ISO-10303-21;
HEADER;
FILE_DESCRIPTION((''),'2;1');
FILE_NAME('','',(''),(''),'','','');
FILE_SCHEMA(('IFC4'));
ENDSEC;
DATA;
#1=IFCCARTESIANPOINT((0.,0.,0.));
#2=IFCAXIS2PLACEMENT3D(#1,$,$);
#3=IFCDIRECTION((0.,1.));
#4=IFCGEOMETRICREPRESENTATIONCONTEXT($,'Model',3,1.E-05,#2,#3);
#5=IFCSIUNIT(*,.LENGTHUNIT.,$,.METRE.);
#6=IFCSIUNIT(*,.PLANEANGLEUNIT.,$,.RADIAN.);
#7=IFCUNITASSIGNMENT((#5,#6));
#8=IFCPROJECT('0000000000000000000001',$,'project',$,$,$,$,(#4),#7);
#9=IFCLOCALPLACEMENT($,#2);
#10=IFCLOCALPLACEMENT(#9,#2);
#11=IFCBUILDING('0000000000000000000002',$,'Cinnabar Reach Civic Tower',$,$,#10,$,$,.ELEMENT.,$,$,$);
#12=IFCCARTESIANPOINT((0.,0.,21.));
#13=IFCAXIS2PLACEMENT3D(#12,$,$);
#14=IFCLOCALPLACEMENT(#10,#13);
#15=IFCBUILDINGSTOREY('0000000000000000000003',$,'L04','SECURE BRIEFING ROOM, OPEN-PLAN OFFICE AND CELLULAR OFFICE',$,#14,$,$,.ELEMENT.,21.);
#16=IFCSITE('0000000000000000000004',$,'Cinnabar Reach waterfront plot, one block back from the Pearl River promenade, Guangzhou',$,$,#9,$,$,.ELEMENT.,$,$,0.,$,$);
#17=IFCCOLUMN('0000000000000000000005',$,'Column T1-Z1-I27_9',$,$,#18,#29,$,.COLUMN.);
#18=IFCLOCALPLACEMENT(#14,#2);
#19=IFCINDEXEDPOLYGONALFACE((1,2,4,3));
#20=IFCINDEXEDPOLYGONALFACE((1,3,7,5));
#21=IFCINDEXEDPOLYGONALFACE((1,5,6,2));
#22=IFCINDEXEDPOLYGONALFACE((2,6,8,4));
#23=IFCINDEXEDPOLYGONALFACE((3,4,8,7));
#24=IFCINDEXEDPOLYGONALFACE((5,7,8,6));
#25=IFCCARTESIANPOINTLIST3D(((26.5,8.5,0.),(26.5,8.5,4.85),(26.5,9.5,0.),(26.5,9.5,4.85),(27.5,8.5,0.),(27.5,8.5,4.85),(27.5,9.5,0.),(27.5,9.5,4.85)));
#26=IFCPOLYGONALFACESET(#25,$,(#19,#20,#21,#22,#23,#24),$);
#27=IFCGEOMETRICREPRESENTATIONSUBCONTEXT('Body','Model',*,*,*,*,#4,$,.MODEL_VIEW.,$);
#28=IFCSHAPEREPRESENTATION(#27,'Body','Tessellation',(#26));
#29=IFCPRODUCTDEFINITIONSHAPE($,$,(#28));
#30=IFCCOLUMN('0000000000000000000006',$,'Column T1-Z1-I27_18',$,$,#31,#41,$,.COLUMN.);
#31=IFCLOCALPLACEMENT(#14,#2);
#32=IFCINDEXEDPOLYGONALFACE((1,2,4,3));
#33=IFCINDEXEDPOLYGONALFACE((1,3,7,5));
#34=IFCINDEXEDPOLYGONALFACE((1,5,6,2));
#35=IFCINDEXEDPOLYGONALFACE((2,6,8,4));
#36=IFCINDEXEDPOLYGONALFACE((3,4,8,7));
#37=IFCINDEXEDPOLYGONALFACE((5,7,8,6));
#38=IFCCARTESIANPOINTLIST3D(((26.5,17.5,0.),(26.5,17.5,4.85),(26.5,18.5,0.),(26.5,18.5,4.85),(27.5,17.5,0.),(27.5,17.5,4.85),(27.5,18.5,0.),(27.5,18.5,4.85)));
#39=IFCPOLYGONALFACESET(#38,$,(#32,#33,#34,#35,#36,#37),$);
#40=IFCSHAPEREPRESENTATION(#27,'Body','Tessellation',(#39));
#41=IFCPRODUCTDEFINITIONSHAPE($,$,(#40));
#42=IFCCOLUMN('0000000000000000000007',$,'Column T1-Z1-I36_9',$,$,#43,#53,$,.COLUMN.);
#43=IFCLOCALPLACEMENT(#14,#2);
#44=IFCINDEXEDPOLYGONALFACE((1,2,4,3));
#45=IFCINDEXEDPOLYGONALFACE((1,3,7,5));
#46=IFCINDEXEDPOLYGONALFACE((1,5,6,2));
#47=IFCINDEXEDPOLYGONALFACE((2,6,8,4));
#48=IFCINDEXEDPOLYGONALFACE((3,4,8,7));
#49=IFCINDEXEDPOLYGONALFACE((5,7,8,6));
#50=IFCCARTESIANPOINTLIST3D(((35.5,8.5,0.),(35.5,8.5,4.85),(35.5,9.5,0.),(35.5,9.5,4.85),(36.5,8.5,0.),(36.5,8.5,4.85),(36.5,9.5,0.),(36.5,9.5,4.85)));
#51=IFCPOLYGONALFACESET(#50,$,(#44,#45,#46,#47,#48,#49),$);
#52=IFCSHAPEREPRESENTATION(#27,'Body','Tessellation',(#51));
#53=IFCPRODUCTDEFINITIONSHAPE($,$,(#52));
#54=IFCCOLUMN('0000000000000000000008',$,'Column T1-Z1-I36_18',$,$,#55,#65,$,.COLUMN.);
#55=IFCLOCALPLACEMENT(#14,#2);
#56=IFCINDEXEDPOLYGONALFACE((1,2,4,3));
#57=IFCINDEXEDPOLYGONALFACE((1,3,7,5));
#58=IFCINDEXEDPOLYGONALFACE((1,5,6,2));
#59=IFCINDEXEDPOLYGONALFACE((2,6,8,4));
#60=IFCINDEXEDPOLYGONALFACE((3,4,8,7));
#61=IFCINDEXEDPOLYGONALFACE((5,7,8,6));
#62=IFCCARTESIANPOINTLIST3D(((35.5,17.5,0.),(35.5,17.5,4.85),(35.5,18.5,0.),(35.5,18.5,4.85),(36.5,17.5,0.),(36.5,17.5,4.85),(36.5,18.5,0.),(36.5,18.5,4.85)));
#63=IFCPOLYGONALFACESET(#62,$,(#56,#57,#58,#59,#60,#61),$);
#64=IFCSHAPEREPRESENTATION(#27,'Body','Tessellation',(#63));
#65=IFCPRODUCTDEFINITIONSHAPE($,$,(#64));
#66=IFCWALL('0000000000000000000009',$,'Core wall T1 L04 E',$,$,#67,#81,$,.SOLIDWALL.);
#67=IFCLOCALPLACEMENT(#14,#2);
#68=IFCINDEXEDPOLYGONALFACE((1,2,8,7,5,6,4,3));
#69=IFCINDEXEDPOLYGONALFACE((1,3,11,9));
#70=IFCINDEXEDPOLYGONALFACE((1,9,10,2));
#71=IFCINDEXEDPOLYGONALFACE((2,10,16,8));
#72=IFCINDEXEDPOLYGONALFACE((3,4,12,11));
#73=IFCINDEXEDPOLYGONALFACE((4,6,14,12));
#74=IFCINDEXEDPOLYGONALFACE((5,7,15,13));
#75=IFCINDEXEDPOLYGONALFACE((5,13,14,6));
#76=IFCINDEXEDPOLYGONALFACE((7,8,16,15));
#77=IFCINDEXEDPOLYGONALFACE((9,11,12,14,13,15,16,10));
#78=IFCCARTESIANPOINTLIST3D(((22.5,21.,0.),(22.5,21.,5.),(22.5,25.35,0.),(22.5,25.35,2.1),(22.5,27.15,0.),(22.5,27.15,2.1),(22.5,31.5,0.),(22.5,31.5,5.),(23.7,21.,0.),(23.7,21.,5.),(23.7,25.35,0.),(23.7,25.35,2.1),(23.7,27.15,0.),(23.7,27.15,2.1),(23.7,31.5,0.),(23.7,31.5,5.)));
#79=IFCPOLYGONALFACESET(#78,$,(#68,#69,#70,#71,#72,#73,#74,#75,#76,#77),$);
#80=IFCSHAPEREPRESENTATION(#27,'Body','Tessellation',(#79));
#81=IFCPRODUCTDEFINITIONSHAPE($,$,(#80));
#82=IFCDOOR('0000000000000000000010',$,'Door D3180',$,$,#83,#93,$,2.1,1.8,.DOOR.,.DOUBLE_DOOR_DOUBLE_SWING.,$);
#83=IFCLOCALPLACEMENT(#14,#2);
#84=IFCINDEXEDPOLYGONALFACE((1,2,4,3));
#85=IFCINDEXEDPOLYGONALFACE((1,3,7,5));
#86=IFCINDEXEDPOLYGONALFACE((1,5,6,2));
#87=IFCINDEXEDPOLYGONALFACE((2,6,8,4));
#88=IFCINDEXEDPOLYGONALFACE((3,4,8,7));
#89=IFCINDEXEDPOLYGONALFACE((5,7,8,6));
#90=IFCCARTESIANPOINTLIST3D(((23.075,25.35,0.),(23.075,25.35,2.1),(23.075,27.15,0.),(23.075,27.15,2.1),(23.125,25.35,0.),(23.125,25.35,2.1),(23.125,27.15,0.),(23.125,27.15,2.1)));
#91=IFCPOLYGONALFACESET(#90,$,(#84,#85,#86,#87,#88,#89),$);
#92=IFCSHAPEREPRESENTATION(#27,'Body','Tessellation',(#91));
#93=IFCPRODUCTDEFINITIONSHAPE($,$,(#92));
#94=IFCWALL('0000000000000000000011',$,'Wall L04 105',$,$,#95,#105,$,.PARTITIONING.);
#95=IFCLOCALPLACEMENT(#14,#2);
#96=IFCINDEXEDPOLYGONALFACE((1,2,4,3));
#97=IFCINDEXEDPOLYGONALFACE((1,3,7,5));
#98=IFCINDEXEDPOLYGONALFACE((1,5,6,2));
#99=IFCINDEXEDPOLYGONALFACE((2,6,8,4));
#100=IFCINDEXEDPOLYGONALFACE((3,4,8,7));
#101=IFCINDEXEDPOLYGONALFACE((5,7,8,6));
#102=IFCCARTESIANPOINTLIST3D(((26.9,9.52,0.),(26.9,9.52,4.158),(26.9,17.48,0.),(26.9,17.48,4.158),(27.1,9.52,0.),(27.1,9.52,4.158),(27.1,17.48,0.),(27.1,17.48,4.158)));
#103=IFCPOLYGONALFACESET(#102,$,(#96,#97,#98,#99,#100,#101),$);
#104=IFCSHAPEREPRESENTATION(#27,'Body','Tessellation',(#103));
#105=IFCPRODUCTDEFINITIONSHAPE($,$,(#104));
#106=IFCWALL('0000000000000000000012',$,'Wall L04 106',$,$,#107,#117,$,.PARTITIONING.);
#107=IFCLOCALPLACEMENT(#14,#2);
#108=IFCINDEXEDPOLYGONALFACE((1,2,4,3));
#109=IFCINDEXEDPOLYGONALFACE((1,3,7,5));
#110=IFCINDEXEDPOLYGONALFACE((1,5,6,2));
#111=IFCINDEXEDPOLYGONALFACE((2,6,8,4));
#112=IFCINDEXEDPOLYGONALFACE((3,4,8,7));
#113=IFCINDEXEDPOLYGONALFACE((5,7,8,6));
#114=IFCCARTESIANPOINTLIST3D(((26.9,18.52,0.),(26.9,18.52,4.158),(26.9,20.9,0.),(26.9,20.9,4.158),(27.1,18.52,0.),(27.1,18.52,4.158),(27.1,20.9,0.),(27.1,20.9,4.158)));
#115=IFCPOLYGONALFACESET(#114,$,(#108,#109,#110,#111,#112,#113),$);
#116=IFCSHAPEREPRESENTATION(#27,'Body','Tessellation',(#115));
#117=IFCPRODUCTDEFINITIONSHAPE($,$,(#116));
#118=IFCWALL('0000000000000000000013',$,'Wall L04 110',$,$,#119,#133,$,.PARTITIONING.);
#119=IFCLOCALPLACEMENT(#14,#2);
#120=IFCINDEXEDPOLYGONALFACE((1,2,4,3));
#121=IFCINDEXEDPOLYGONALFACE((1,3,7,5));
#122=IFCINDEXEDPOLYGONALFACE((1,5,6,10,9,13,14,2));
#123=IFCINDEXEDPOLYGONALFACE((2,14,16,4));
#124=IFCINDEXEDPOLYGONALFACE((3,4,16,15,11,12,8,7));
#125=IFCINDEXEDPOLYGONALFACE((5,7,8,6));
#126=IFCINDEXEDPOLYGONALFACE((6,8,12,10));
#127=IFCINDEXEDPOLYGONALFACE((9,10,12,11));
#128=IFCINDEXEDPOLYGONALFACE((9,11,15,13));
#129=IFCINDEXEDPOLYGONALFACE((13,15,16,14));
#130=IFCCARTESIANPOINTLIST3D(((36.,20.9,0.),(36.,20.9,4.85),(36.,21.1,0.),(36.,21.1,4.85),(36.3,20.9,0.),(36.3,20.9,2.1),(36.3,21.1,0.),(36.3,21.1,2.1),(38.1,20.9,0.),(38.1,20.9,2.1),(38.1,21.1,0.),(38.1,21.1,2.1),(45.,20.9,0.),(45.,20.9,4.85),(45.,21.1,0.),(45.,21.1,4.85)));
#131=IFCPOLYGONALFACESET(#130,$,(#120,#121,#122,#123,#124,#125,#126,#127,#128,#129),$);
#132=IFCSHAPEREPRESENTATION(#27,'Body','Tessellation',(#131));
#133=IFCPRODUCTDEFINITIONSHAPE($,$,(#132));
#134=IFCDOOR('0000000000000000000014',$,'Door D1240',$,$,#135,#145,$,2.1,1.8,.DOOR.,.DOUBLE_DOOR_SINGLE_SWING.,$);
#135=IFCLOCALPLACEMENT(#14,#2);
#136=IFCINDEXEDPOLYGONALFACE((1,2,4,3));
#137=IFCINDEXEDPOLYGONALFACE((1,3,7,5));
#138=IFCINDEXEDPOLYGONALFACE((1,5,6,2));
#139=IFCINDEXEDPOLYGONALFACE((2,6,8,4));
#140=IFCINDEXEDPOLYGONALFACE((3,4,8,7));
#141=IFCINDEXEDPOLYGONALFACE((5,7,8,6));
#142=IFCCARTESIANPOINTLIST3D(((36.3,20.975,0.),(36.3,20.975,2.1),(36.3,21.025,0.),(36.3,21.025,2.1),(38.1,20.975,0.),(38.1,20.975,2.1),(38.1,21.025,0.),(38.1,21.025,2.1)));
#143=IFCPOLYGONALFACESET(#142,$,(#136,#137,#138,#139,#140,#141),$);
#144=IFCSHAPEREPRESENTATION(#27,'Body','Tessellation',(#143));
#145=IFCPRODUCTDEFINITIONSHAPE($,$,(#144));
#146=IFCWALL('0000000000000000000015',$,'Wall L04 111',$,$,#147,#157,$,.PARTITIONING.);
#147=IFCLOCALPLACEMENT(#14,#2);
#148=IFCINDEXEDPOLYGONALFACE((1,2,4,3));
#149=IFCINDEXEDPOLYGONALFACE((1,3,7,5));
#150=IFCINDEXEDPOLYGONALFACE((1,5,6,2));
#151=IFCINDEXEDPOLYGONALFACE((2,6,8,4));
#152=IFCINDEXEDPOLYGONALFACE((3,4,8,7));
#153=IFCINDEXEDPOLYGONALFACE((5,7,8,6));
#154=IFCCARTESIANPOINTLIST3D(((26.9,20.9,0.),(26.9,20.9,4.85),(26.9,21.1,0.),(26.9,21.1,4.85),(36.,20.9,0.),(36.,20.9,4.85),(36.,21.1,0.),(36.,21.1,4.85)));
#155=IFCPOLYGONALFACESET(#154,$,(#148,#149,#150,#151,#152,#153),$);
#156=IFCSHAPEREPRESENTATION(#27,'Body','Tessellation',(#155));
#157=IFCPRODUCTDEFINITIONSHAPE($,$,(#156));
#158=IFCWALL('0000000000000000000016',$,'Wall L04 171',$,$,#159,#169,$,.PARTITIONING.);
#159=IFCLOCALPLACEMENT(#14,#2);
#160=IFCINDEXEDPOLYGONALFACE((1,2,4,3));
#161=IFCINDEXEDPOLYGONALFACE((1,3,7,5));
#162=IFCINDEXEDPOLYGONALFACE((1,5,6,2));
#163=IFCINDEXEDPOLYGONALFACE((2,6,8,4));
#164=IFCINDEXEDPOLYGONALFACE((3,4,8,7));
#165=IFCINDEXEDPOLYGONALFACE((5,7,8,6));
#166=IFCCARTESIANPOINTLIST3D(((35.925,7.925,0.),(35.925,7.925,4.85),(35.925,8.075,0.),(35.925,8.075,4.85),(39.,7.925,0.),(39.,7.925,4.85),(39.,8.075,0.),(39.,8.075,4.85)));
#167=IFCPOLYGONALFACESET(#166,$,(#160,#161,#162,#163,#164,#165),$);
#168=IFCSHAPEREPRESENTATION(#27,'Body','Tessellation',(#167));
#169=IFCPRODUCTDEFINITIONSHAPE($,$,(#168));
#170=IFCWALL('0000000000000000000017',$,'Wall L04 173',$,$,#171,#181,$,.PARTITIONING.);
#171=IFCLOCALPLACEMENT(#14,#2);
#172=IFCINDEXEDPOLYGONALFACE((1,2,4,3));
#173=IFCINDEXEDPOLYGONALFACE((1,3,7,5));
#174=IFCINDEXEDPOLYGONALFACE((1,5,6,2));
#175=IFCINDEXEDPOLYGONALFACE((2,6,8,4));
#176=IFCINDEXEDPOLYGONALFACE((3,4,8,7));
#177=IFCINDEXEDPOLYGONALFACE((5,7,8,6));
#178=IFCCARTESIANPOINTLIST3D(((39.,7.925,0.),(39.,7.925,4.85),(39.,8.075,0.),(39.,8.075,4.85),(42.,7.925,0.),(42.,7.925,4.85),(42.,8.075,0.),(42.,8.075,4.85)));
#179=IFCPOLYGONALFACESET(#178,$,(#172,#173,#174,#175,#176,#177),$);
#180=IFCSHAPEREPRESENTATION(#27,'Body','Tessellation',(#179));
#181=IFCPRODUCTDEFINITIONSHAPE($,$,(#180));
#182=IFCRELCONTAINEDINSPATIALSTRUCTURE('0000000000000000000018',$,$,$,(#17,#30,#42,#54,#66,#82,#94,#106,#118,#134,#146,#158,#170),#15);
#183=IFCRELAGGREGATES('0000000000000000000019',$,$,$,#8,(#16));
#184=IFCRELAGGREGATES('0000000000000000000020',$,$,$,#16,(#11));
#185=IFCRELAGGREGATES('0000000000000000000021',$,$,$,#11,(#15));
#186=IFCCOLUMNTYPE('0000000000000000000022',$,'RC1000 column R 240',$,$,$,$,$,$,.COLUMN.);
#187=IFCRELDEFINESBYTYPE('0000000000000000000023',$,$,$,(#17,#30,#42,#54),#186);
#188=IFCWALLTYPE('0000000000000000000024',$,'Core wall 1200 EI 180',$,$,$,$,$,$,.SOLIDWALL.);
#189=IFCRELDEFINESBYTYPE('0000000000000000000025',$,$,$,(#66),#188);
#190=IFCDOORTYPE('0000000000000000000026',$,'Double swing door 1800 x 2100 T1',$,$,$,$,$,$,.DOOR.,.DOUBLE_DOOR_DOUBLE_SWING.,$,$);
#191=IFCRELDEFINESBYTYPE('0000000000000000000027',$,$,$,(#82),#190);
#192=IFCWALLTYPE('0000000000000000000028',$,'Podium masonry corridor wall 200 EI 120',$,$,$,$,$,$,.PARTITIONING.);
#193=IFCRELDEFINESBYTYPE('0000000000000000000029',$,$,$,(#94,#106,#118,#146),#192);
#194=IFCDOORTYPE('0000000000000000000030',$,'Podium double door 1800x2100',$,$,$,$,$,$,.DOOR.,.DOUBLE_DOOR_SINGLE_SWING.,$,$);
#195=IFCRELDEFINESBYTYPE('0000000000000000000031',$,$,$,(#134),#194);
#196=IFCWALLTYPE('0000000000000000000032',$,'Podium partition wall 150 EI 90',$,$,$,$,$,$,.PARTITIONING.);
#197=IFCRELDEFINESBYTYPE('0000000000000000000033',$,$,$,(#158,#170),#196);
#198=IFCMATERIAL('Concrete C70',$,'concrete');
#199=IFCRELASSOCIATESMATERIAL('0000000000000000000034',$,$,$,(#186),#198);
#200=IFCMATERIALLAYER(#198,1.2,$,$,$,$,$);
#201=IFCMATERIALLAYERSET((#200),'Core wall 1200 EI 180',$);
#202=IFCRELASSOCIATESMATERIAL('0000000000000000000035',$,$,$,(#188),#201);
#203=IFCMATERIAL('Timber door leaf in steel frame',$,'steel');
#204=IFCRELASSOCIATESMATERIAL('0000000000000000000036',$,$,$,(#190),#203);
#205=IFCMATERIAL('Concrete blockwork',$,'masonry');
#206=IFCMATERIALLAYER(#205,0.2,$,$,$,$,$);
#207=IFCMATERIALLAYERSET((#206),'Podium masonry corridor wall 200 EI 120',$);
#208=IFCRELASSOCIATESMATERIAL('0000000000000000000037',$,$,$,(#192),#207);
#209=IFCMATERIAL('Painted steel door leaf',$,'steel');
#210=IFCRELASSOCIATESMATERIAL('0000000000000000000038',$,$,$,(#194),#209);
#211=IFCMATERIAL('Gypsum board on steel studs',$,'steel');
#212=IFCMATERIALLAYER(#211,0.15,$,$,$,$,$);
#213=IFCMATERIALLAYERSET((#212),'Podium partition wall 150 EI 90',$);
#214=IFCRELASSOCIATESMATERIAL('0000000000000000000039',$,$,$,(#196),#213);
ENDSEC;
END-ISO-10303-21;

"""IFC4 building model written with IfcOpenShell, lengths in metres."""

from ifc_helpers import new_model, si_unit, direction, frame, frame_2d, origin, origin_2d, place, context, subcontext, project, spatial, rectangle, extrude, material, layer, layer_set, material_profile, profile_set, type_object, element, fill, save


model = new_model("IFC4")

# Units and contexts
model_context = context("Model", 3, precision=1e-05, world=origin(), true_north=direction((0.0, 1.0)))
body_context = subcontext(model_context, "Body", "Model", "MODEL_VIEW")
ifc_project = project(units=[si_unit("LENGTHUNIT", "METRE"), si_unit("PLANEANGLEUNIT", "RADIAN")], contexts=[model_context])

# Site, building, storey
site_placement = place(None, origin())
site = spatial("IfcSite", under=ifc_project, at=site_placement, Name="Cinnabar Reach waterfront plot, one block back from the Pearl River promenade, Guangzhou", CompositionType="ELEMENT", RefElevation=0.0)
building_placement = place(site_placement, origin())
building = spatial("IfcBuilding", under=site, at=building_placement, Name="Cinnabar Reach Civic Tower", CompositionType="ELEMENT")
storey_placement = place(building_placement, frame((0.0, 0.0, 21.0)))
storey = spatial("IfcBuildingStorey", under=building, at=storey_placement, Name="L04", Description="SECURE BRIEFING ROOM, OPEN-PLAN OFFICE AND CELLULAR OFFICE", CompositionType="ELEMENT", Elevation=21.0)

# Columns
ifc_material_1 = material(Name="Concrete C70", Category="concrete")
ifc_material_profile = material_profile(ifc_material_1, rectangle(XDim=1.0, YDim=1.0, at=origin_2d()), Name="RC1000")
ifc_profile_set = profile_set([ifc_material_profile], Name="Concrete C70")
column_type = type_object("IfcColumnType", Name="RC1000 column R 240", PredefinedType="COLUMN", material=ifc_profile_set)
for number, where, z_axis, x_axis, name in (
    (1, (27.0, 9.0, 0.0), (0.0, 0.0, 1.0), (1.0, 0.0, 0.0), "Column T1-Z1-I27_9"),
    (2, (27.0, 18.0, 0.0), (0.0, 0.0, 1.0), (1.0, 0.0, 0.0), "Column T1-Z1-I27_18"),
    (3, (36.0, 9.0, 0.0), (0.0, 0.0, 1.0), (1.0, 0.0, 0.0), "Column T1-Z1-I36_9"),
    (4, (36.0, 18.0, 0.0), (0.0, 0.0, 1.0), (1.0, 0.0, 0.0), "Column T1-Z1-I36_18"),
):
    element("IfcColumn", number, at=place(storey_placement, frame(where, z_axis=z_axis, x_axis=x_axis)), inside=storey, type_object=column_type, Name=name, PredefinedType="COLUMN", context=body_context, shape_type="SweptSolid", body=[
        extrude(rectangle(XDim=1.0, YDim=1.0, at=origin_2d()), origin(), (0.0, 0.0, 1.0), 4.85),
    ])

# Wall, opening, door
ifc_layer_1 = layer(ifc_material_1, 1.2)
ifc_layer_set_1 = layer_set([ifc_layer_1], Name="Core wall 1200 EI 180")
wall_type_1 = type_object("IfcWallType", Name="Core wall 1200 EI 180", PredefinedType="SOLIDWALL", material=ifc_layer_set_1)
wall_1_placement = place(storey_placement, frame((23.1, 21.0, 0.0), z_axis=(0.0, 0.0, 1.0), x_axis=(0.0, 1.0, 0.0)))
wall_1 = element("IfcWall", 5, at=wall_1_placement, inside=storey, type_object=wall_type_1, Name="Core wall T1 L04 E", PredefinedType="SOLIDWALL", context=body_context, shape_type="SweptSolid", body=[
    extrude(rectangle(XDim=10.5, YDim=1.2, at=frame_2d((5.25, 0.0))), origin(), (0.0, 0.0, 1.0), 5.0),
])
opening_1_placement = place(wall_1_placement, frame((4.35, 0.0, 0.0)))
opening_1 = element("IfcOpeningElement", 6, at=opening_1_placement, cuts=wall_1, PredefinedType="OPENING", context=body_context, shape_type="SweptSolid", body=[
    extrude(rectangle(XDim=1.8, YDim=2.1, at=frame_2d((0.9, 1.05))), frame((0.0, 0.61, 0.0), z_axis=(0.0, -1.0, 0.0), x_axis=(1.0, 0.0, 0.0)), (0.0, 0.0, 1.0), 1.22),
])
ifc_material_2 = material(Name="Timber door leaf in steel frame", Category="steel")
door_type_1 = type_object("IfcDoorType", Name="Double swing door 1800 x 2100 T1", OperationType="DOUBLE_DOOR_DOUBLE_SWING", PredefinedType="DOOR", material=ifc_material_2)
door_1_placement = place(opening_1_placement, origin())
door_1 = element("IfcDoor", 7, at=door_1_placement, inside=storey, type_object=door_type_1, Name="Door D3180", OperationType="DOUBLE_DOOR_DOUBLE_SWING", OverallHeight=2.1, OverallWidth=1.8, PredefinedType="DOOR", context=body_context, shape_type="SweptSolid", body=[
    extrude(rectangle(XDim=1.8, YDim=2.1, at=frame_2d((0.9, 1.05))), frame((0.0, 0.025, 0.0), z_axis=(0.0, -1.0, 0.0), x_axis=(1.0, 0.0, 0.0)), (0.0, 0.0, 1.0), 0.05),
])
fill(opening_1, door_1)

# Walls
ifc_material_3 = material(Name="Concrete blockwork", Category="masonry")
ifc_layer_2 = layer(ifc_material_3, 0.2)
ifc_layer_set_2 = layer_set([ifc_layer_2], Name="Podium masonry corridor wall 200 EI 120")
wall_type_2 = type_object("IfcWallType", Name="Podium masonry corridor wall 200 EI 120", PredefinedType="PARTITIONING", material=ifc_layer_set_2)
wall_2_placement = place(storey_placement, frame((27.0, 9.52, 0.0), z_axis=(0.0, 0.0, 1.0), x_axis=(0.0, 1.0, 0.0)))
element("IfcWall", 8, at=wall_2_placement, inside=storey, type_object=wall_type_2, Name="Wall L04 105", PredefinedType="PARTITIONING", context=body_context, shape_type="SweptSolid", body=[
    extrude(rectangle(XDim=7.96, YDim=0.2, at=frame_2d((3.98, 0.0))), origin(), (0.0, 0.0, 1.0), 4.158),
])
wall_3_placement = place(storey_placement, frame((27.0, 18.52, 0.0), z_axis=(0.0, 0.0, 1.0), x_axis=(0.0, 1.0, 0.0)))
element("IfcWall", 9, at=wall_3_placement, inside=storey, type_object=wall_type_2, Name="Wall L04 106", PredefinedType="PARTITIONING", context=body_context, shape_type="SweptSolid", body=[
    extrude(rectangle(XDim=2.38, YDim=0.2, at=frame_2d((1.19, 0.0))), origin(), (0.0, 0.0, 1.0), 4.158),
])

# Wall, opening, door
wall_4_placement = place(storey_placement, frame((36.0, 21.0, 0.0), z_axis=(0.0, 0.0, 1.0), x_axis=(1.0, 0.0, 0.0)))
wall_4 = element("IfcWall", 10, at=wall_4_placement, inside=storey, type_object=wall_type_2, Name="Wall L04 110", PredefinedType="PARTITIONING", context=body_context, shape_type="SweptSolid", body=[
    extrude(rectangle(XDim=9.0, YDim=0.2, at=frame_2d((4.5, 0.0))), origin(), (0.0, 0.0, 1.0), 4.85),
])
opening_2_placement = place(wall_4_placement, frame((0.3, 0.0, 0.0)))
opening_2 = element("IfcOpeningElement", 11, at=opening_2_placement, cuts=wall_4, PredefinedType="OPENING", context=body_context, shape_type="SweptSolid", body=[
    extrude(rectangle(XDim=1.8, YDim=2.1, at=frame_2d((0.9, 1.05))), frame((0.0, 0.11, 0.0), z_axis=(0.0, -1.0, 0.0), x_axis=(1.0, 0.0, 0.0)), (0.0, 0.0, 1.0), 0.22),
])
ifc_material_4 = material(Name="Painted steel door leaf", Category="steel")
door_type_2 = type_object("IfcDoorType", Name="Podium double door 1800x2100", OperationType="DOUBLE_DOOR_SINGLE_SWING", PredefinedType="DOOR", material=ifc_material_4)
door_2_placement = place(opening_2_placement, frame((1.8, 0.0, 0.0), z_axis=(0.0, 0.0, 1.0), x_axis=(-1.0, 0.0, 0.0)))
door_2 = element("IfcDoor", 12, at=door_2_placement, inside=storey, type_object=door_type_2, Name="Door D1240", OperationType="DOUBLE_DOOR_SINGLE_SWING", OverallHeight=2.1, OverallWidth=1.8, PredefinedType="DOOR", context=body_context, shape_type="SweptSolid", body=[
    extrude(rectangle(XDim=1.8, YDim=2.1, at=frame_2d((0.9, 1.05))), frame((0.0, 0.025, 0.0), z_axis=(0.0, -1.0, 0.0), x_axis=(1.0, 0.0, 0.0)), (0.0, 0.0, 1.0), 0.05),
])
fill(opening_2, door_2)

# Walls
wall_5_placement = place(storey_placement, frame((26.9, 21.0, 0.0), z_axis=(0.0, 0.0, 1.0), x_axis=(1.0, 0.0, 0.0)))
element("IfcWall", 13, at=wall_5_placement, inside=storey, type_object=wall_type_2, Name="Wall L04 111", PredefinedType="PARTITIONING", context=body_context, shape_type="SweptSolid", body=[
    extrude(rectangle(XDim=9.1, YDim=0.2, at=frame_2d((4.55, 0.0))), origin(), (0.0, 0.0, 1.0), 4.85),
])
ifc_material_5 = material(Name="Gypsum board on steel studs", Category="steel")
ifc_layer_3 = layer(ifc_material_5, 0.15)
ifc_layer_set_3 = layer_set([ifc_layer_3], Name="Podium partition wall 150 EI 90")
wall_type_3 = type_object("IfcWallType", Name="Podium partition wall 150 EI 90", PredefinedType="PARTITIONING", material=ifc_layer_set_3)
wall_6_placement = place(storey_placement, frame((35.925, 8.0, 0.0), z_axis=(0.0, 0.0, 1.0), x_axis=(1.0, 0.0, 0.0)))
element("IfcWall", 14, at=wall_6_placement, inside=storey, type_object=wall_type_3, Name="Wall L04 171", PredefinedType="PARTITIONING", context=body_context, shape_type="SweptSolid", body=[
    extrude(rectangle(XDim=3.075, YDim=0.15, at=frame_2d((1.5375, 0.0))), origin(), (0.0, 0.0, 1.0), 4.85),
])
wall_7_placement = place(storey_placement, frame((39.0, 8.0, 0.0), z_axis=(0.0, 0.0, 1.0), x_axis=(1.0, 0.0, 0.0)))
element("IfcWall", 15, at=wall_7_placement, inside=storey, type_object=wall_type_3, Name="Wall L04 173", PredefinedType="PARTITIONING", context=body_context, shape_type="SweptSolid", body=[
    extrude(rectangle(XDim=3.0, YDim=0.15, at=frame_2d((1.5, 0.0))), origin(), (0.0, 0.0, 1.0), 4.85),
])

save(model, "model.ifc")
